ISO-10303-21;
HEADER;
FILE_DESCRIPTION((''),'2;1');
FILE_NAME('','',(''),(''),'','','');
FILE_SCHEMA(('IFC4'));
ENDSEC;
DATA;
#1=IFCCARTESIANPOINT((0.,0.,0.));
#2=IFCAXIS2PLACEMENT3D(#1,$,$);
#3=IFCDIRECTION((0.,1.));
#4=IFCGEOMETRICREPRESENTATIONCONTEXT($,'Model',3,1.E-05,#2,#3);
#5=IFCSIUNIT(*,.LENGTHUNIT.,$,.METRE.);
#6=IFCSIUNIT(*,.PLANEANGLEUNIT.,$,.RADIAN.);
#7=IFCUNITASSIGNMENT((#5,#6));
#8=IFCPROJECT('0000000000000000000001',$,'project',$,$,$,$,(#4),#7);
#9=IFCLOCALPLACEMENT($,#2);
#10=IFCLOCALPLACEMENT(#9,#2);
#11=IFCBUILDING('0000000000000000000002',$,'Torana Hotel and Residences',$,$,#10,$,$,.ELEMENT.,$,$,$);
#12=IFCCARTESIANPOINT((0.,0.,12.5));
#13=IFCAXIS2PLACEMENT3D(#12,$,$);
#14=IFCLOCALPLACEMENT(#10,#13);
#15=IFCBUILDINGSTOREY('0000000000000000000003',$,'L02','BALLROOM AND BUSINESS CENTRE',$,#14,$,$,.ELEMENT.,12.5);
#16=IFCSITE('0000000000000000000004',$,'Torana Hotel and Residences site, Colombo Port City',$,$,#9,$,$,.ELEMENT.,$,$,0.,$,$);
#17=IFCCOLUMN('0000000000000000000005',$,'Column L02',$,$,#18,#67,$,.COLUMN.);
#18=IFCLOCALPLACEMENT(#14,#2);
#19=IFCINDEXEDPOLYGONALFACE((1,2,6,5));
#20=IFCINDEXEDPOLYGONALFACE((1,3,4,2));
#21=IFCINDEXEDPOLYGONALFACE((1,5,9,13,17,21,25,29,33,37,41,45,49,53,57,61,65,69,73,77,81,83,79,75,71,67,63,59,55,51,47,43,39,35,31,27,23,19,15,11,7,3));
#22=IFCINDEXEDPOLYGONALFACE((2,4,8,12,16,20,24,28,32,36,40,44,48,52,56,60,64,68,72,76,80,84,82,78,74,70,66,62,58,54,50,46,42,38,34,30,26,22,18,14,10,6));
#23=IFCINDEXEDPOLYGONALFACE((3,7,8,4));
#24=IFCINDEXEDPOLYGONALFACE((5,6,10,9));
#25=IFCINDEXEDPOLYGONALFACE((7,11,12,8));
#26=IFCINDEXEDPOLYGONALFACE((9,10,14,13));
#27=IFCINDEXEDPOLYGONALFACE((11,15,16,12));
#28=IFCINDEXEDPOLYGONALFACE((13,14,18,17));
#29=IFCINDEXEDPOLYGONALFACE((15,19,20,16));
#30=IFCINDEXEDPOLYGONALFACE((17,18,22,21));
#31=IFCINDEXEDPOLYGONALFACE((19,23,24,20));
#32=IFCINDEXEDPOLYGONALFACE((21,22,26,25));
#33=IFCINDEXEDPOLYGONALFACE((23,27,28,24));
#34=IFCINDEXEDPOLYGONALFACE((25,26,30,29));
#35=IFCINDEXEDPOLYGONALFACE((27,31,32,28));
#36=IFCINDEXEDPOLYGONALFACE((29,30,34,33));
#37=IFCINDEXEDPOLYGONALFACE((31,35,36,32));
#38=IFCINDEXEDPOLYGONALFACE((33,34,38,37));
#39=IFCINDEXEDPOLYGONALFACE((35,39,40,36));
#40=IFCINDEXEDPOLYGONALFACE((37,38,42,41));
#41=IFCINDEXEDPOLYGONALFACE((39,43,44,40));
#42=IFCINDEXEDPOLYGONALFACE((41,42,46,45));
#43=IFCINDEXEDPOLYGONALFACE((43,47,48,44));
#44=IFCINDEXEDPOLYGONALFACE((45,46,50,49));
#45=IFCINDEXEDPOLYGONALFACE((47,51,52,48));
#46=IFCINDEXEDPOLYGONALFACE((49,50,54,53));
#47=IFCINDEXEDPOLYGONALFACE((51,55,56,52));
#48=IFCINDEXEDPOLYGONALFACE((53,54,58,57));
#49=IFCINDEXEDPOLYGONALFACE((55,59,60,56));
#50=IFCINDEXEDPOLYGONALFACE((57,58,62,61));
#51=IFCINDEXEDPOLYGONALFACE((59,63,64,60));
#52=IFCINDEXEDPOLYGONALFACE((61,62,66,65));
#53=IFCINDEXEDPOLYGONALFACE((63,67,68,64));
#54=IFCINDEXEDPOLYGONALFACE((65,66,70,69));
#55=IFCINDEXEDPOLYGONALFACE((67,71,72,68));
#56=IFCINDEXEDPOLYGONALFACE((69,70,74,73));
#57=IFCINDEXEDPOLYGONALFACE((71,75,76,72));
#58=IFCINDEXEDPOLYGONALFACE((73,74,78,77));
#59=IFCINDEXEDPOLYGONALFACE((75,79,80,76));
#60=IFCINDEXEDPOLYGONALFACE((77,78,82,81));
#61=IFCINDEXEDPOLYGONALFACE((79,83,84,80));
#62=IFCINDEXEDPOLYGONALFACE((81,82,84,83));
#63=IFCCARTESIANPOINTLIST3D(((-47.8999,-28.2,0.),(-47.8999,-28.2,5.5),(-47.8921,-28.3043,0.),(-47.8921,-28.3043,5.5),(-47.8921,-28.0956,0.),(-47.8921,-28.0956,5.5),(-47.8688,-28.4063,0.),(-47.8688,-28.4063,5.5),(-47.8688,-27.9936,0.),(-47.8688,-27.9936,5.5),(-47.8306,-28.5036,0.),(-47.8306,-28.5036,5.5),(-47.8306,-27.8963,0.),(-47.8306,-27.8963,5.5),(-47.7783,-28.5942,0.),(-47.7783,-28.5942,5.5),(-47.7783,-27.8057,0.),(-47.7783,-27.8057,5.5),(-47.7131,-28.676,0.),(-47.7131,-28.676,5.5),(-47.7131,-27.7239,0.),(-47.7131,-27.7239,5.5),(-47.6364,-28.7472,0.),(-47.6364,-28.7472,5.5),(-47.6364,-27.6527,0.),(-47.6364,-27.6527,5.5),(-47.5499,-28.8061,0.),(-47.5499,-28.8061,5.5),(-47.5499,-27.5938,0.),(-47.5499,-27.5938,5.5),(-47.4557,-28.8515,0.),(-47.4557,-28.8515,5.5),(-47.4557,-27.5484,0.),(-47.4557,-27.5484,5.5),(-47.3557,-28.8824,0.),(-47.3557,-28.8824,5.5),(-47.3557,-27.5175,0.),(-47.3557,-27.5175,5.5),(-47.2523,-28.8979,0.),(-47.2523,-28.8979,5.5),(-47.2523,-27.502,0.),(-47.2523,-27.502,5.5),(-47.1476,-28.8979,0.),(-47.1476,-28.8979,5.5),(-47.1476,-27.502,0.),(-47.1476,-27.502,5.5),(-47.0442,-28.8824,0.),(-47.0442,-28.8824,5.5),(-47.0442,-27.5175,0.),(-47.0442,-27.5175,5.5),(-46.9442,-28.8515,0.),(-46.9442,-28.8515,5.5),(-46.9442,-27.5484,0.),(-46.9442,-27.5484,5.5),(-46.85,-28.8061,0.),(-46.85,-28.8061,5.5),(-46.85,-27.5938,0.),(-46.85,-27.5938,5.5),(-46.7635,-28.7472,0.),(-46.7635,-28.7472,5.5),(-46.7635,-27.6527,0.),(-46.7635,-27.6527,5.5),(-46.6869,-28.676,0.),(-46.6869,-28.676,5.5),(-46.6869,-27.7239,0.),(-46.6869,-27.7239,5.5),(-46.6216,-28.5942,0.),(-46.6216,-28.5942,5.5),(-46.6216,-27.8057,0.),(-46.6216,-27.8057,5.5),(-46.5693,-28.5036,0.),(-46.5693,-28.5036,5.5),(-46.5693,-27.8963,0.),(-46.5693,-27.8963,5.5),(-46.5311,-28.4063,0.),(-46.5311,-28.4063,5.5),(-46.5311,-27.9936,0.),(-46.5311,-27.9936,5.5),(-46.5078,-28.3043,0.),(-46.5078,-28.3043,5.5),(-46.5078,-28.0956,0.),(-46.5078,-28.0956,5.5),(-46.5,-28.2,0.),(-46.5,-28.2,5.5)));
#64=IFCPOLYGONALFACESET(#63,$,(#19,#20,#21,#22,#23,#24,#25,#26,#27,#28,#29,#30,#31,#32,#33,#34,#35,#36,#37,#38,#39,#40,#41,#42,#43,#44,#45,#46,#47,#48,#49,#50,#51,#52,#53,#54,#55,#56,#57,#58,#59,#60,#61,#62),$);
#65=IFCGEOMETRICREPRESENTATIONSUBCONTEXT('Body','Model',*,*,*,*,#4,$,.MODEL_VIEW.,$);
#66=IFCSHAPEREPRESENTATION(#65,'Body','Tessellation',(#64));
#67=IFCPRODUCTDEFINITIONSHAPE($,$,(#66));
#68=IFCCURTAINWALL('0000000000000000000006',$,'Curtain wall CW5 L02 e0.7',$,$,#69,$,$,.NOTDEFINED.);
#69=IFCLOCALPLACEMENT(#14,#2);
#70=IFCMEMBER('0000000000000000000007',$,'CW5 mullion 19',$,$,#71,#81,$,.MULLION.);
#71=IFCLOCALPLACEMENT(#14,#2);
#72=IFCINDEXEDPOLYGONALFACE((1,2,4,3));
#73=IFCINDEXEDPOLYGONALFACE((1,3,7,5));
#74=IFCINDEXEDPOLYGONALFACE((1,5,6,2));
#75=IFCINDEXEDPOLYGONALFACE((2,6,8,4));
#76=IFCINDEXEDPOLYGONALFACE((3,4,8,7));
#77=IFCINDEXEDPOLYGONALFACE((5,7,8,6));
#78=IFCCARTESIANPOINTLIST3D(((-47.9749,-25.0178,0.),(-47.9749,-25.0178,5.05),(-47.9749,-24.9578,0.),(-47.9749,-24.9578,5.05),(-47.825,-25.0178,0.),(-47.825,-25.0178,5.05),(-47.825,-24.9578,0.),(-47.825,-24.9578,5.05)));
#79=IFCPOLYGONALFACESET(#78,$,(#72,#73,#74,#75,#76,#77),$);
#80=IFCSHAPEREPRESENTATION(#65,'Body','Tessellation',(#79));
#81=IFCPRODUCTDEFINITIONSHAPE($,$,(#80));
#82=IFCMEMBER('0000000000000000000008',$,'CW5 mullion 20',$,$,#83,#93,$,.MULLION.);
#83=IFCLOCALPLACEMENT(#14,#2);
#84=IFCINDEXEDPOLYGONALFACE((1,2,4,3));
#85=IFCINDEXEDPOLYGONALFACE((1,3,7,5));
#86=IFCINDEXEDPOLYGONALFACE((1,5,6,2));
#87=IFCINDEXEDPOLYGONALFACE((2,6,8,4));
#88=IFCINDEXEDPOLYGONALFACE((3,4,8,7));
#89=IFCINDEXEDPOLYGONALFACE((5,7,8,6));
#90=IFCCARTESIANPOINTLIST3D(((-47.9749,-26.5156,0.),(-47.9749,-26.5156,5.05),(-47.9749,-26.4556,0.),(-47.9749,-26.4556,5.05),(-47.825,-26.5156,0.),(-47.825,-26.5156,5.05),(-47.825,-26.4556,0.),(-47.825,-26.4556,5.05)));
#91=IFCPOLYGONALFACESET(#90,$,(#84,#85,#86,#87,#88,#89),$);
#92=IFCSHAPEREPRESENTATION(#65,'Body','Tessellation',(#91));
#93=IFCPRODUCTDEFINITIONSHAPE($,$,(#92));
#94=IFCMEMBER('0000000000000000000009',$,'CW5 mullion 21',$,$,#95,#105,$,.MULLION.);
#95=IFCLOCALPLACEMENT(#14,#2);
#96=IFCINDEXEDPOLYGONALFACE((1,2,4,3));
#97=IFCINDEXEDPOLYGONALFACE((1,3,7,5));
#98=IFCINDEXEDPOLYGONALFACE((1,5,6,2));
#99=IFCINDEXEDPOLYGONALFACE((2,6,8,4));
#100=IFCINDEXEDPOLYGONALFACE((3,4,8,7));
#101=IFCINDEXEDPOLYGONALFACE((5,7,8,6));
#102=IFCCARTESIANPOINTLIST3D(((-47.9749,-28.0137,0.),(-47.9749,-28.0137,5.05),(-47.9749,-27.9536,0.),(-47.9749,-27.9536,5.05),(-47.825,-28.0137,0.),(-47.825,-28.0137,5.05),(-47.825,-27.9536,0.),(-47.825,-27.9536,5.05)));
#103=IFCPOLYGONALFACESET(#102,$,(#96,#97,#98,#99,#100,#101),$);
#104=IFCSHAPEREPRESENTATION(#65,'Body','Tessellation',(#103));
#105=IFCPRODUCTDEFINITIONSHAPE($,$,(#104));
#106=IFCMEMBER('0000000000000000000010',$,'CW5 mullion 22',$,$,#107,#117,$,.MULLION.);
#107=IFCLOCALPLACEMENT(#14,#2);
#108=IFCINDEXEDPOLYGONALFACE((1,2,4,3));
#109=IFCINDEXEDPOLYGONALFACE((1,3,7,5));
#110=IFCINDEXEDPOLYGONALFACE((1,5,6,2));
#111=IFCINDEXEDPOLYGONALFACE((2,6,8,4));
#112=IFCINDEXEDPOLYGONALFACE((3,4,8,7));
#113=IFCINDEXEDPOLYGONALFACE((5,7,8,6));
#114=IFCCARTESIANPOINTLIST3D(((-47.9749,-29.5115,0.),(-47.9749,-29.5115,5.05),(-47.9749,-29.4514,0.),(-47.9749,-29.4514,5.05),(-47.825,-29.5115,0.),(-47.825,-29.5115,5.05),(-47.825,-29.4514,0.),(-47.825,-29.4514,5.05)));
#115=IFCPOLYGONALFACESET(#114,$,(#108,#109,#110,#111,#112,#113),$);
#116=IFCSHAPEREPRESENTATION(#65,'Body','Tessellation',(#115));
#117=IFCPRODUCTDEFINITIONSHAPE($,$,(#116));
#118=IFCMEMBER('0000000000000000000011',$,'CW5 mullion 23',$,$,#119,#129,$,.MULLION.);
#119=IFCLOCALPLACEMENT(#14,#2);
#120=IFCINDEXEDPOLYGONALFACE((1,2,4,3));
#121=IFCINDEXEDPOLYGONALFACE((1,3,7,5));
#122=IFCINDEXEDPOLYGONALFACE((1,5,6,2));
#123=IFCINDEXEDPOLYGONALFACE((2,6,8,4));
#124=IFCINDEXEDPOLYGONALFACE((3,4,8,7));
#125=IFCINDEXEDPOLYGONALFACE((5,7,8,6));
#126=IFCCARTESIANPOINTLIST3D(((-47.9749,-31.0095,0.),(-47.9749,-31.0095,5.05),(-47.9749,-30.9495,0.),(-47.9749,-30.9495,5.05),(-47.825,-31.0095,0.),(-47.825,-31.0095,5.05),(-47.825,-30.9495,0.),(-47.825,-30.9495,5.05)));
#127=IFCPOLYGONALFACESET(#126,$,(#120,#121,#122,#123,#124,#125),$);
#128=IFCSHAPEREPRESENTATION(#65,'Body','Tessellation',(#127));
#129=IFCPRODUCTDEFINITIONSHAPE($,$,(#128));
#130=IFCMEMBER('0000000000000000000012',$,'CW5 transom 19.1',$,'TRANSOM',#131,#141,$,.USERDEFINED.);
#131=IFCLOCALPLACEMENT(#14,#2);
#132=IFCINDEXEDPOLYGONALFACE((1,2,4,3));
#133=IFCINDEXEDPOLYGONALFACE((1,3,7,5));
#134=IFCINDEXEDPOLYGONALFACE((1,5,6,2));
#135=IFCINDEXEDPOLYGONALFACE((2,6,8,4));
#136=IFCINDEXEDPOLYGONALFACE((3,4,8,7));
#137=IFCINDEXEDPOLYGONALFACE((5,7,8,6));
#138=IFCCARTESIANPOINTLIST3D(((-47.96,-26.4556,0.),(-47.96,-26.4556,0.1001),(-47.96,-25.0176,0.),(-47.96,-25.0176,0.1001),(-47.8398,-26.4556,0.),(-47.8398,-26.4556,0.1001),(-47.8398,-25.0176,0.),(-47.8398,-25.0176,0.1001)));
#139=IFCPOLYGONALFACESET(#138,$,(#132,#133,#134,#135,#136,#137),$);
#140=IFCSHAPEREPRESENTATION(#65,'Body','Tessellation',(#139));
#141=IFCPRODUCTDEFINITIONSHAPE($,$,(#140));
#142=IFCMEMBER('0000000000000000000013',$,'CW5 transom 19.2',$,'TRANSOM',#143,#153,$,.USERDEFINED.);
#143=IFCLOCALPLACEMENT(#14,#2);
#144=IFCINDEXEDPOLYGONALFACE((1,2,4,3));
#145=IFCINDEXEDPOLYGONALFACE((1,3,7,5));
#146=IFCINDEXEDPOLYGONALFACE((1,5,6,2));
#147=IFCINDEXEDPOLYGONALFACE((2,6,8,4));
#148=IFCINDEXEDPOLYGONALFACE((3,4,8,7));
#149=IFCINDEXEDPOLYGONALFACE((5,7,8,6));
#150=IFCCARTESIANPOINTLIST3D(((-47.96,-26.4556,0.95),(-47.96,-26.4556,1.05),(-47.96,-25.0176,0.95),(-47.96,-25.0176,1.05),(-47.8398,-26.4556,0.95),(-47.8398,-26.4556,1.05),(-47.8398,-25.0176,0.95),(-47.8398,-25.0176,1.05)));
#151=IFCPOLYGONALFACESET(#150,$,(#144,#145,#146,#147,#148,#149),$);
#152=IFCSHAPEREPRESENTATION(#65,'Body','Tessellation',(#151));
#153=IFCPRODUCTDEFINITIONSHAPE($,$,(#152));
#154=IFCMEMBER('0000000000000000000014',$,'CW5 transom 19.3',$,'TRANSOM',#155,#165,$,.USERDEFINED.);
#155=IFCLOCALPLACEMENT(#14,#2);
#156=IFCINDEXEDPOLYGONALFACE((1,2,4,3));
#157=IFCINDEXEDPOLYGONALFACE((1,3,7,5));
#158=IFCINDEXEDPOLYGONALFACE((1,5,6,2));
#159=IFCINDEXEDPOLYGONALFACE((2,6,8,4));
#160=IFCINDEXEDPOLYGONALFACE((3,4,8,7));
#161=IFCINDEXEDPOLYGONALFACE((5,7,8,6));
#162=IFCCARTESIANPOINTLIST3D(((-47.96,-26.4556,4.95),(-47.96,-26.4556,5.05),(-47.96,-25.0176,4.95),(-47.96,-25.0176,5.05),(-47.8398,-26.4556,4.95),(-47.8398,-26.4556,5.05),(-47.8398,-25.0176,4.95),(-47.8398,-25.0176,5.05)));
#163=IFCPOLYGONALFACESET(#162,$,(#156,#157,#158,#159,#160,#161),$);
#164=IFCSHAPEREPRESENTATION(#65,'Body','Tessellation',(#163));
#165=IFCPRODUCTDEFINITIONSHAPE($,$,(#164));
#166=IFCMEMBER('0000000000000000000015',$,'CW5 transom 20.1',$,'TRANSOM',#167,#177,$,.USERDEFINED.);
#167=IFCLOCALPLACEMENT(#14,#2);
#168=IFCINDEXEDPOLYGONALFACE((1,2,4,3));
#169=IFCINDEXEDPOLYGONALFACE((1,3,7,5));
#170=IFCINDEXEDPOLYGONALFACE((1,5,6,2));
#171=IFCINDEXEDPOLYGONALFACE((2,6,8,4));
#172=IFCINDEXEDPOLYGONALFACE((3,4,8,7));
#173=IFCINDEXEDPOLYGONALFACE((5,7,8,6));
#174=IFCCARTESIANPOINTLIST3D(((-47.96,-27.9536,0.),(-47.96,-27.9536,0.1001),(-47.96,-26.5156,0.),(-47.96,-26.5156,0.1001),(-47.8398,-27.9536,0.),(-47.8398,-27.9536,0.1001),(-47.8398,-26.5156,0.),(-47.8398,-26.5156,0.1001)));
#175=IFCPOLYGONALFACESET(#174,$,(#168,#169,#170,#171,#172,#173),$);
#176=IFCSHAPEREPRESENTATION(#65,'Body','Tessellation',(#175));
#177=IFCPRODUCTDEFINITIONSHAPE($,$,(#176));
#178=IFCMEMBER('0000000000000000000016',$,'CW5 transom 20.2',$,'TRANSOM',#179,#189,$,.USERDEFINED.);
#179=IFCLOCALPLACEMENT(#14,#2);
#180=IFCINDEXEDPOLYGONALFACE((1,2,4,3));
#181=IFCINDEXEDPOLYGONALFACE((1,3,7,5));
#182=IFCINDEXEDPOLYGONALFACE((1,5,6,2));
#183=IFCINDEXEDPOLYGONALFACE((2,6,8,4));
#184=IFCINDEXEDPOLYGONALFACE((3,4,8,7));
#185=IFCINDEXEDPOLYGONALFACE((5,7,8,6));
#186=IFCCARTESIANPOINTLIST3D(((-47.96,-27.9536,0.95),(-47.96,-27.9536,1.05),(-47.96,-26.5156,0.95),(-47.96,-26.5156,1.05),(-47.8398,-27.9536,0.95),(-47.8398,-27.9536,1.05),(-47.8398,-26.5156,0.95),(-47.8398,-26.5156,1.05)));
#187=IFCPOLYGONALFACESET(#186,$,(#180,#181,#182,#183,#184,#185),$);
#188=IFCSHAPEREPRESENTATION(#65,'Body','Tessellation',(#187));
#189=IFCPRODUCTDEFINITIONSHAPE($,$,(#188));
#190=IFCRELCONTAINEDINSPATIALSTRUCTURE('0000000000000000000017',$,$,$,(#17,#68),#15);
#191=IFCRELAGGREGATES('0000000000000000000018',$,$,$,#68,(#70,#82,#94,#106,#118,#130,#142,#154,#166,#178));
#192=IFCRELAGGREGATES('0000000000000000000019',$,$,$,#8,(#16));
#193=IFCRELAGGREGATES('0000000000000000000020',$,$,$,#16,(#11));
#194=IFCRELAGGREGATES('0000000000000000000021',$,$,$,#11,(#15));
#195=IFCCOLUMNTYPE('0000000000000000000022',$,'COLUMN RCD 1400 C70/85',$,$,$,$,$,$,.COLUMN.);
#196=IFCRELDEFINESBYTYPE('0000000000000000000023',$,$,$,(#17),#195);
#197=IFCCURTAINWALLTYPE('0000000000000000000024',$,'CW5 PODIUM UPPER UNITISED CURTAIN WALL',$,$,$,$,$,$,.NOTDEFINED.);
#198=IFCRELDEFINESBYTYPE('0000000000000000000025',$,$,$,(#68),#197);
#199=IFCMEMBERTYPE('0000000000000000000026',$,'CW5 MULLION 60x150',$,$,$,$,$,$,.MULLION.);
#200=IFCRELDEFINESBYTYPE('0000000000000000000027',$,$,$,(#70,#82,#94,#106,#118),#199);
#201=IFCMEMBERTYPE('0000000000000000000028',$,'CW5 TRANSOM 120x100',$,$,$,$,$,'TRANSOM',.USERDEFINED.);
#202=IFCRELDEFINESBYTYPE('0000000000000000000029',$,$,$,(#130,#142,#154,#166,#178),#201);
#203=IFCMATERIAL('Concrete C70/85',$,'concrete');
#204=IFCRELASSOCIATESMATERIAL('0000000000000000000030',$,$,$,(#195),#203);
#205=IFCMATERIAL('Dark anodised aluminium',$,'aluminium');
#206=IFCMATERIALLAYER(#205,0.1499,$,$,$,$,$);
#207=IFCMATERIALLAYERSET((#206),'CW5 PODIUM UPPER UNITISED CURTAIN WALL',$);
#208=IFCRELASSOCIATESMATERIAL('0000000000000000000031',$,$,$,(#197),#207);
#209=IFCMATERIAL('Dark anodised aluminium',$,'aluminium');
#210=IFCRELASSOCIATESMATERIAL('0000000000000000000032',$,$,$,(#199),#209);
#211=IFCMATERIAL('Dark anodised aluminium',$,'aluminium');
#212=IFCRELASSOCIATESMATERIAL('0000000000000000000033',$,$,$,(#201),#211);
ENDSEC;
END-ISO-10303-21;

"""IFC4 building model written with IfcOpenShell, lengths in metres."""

from ifc_helpers import new_model, si_unit, direction, frame, origin, origin_2d, place, context, subcontext, project, spatial, rectangle, circle, extrude, material, layer, layer_set, material_profile, profile_set, type_object, element, aggregate, save


model = new_model("IFC4")

# Units and contexts
model_context = context("Model", 3, precision=1e-05, world=origin(), true_north=direction((0.0, 1.0)))
body_context = subcontext(model_context, "Body", "Model", "MODEL_VIEW")
ifc_project = project(units=[si_unit("LENGTHUNIT", "METRE"), si_unit("PLANEANGLEUNIT", "RADIAN")], contexts=[model_context])

# Site, building, storey
site_placement = place(None, origin())
site = spatial("IfcSite", under=ifc_project, at=site_placement, Name="Torana Hotel and Residences site, Colombo Port City", CompositionType="ELEMENT", RefElevation=0.0)
building_placement = place(site_placement, origin())
building = spatial("IfcBuilding", under=site, at=building_placement, Name="Torana Hotel and Residences", CompositionType="ELEMENT")
storey_placement = place(building_placement, frame((0.0, 0.0, 12.5)))
storey = spatial("IfcBuildingStorey", under=building, at=storey_placement, Name="L02", Description="BALLROOM AND BUSINESS CENTRE", CompositionType="ELEMENT", Elevation=12.5)

# Column
ifc_material_1 = material(Name="Concrete C70/85", Category="concrete")
ifc_material_profile_1 = material_profile(ifc_material_1, circle(Radius=0.7, at=origin_2d()), Name="RCD 1400")
ifc_profile_set_1 = profile_set([ifc_material_profile_1], Name="Concrete C70/85")
column_type = type_object("IfcColumnType", Name="COLUMN RCD 1400 C70/85", PredefinedType="COLUMN", material=ifc_profile_set_1)
column_placement = place(storey_placement, frame((-47.2, -28.2, 0.0), z_axis=(0.0, 0.0, 1.0), x_axis=(1.0, 0.0, 0.0)))
element("IfcColumn", 1, at=column_placement, inside=storey, type_object=column_type, Name="Column L02", PredefinedType="COLUMN", context=body_context, shape_type="SweptSolid", body=[
    extrude(circle(Radius=0.7, at=origin_2d()), origin(), (0.0, 0.0, 1.0), 5.5),
])

# Curtain wall, members
ifc_material_2 = material(Name="Dark anodised aluminium", Category="aluminium")
ifc_layer_1 = layer(ifc_material_2, 0.1499)
ifc_layer_set_1 = layer_set([ifc_layer_1], Name="CW5 PODIUM UPPER UNITISED CURTAIN WALL")
curtain_wall_type = type_object("IfcCurtainWallType", Name="CW5 PODIUM UPPER UNITISED CURTAIN WALL", PredefinedType="NOTDEFINED", material=ifc_layer_set_1)
curtain_wall_placement = place(storey_placement, origin())
curtain_wall = element("IfcCurtainWall", 2, at=curtain_wall_placement, inside=storey, type_object=curtain_wall_type, Name="Curtain wall CW5 L02 e0.7", PredefinedType="NOTDEFINED")
ifc_material_3 = material(Name="Dark anodised aluminium", Category="aluminium")
ifc_material_profile_2 = material_profile(ifc_material_3, rectangle(XDim=0.1499, YDim=0.0601, at=origin_2d()), Name="CW5 MULLION 60x150")
ifc_profile_set_2 = profile_set([ifc_material_profile_2], Name="Dark anodised aluminium")
member_type_1 = type_object("IfcMemberType", Name="CW5 MULLION 60x150", PredefinedType="MULLION", material=ifc_profile_set_2)
member_1_placement = place(storey_placement, frame((-47.8999, -24.9878, 0.0), z_axis=(0.0, 0.0, 1.0), x_axis=(1.0, 0.0, 0.0)))
member_1 = element("IfcMember", 3, at=member_1_placement, type_object=member_type_1, Name="CW5 mullion 19", PredefinedType="MULLION", context=body_context, shape_type="SweptSolid", body=[
    extrude(rectangle(XDim=0.1499, YDim=0.0601, at=origin_2d()), origin(), (0.0, 0.0, 1.0), 5.05),
])
member_2_placement = place(storey_placement, frame((-47.8999, -26.4856, 0.0), z_axis=(0.0, 0.0, 1.0), x_axis=(1.0, 0.0, 0.0)))
member_2 = element("IfcMember", 4, at=member_2_placement, type_object=member_type_1, Name="CW5 mullion 20", PredefinedType="MULLION", context=body_context, shape_type="SweptSolid", body=[
    extrude(rectangle(XDim=0.1499, YDim=0.0601, at=origin_2d()), origin(), (0.0, 0.0, 1.0), 5.05),
])
member_3_placement = place(storey_placement, frame((-47.8999, -27.9836, 0.0), z_axis=(0.0, 0.0, 1.0), x_axis=(1.0, 0.0, 0.0)))
member_3 = element("IfcMember", 5, at=member_3_placement, type_object=member_type_1, Name="CW5 mullion 21", PredefinedType="MULLION", context=body_context, shape_type="SweptSolid", body=[
    extrude(rectangle(XDim=0.1499, YDim=0.0601, at=origin_2d()), origin(), (0.0, 0.0, 1.0), 5.05),
])
member_4_placement = place(storey_placement, frame((-47.8999, -29.4814, 0.0), z_axis=(0.0, 0.0, 1.0), x_axis=(1.0, 0.0, 0.0)))
member_4 = element("IfcMember", 6, at=member_4_placement, type_object=member_type_1, Name="CW5 mullion 22", PredefinedType="MULLION", context=body_context, shape_type="SweptSolid", body=[
    extrude(rectangle(XDim=0.1499, YDim=0.0601, at=origin_2d()), origin(), (0.0, 0.0, 1.0), 5.05),
])
member_5_placement = place(storey_placement, frame((-47.8999, -30.9795, 0.0), z_axis=(0.0, 0.0, 1.0), x_axis=(1.0, 0.0, 0.0)))
member_5 = element("IfcMember", 7, at=member_5_placement, type_object=member_type_1, Name="CW5 mullion 23", PredefinedType="MULLION", context=body_context, shape_type="SweptSolid", body=[
    extrude(rectangle(XDim=0.1499, YDim=0.0601, at=origin_2d()), origin(), (0.0, 0.0, 1.0), 5.05),
])
ifc_material_4 = material(Name="Dark anodised aluminium", Category="aluminium")
ifc_material_profile_3 = material_profile(ifc_material_4, rectangle(XDim=0.1201, YDim=0.1001, at=origin_2d()), Name="CW5 TRANSOM 120x100")
ifc_profile_set_3 = profile_set([ifc_material_profile_3], Name="Dark anodised aluminium")
member_type_2 = type_object("IfcMemberType", Name="CW5 TRANSOM 120x100", ElementType="TRANSOM", PredefinedType="USERDEFINED", material=ifc_profile_set_3)
member_6_placement = place(storey_placement, frame((-47.8999, -25.0176, 0.05), z_axis=(0.0, -1.0, 0.0), x_axis=(1.0, 0.0, 0.0)))
member_6 = element("IfcMember", 8, at=member_6_placement, type_object=member_type_2, Name="CW5 transom 19.1", ObjectType="TRANSOM", PredefinedType="USERDEFINED", context=body_context, shape_type="SweptSolid", body=[
    extrude(rectangle(XDim=0.1201, YDim=0.1001, at=origin_2d()), origin(), (0.0, 0.0, 1.0), 1.438),
])
member_7_placement = place(storey_placement, frame((-47.8999, -25.0176, 1.0), z_axis=(0.0, -1.0, 0.0), x_axis=(1.0, 0.0, 0.0)))
member_7 = element("IfcMember", 9, at=member_7_placement, type_object=member_type_2, Name="CW5 transom 19.2", ObjectType="TRANSOM", PredefinedType="USERDEFINED", context=body_context, shape_type="SweptSolid", body=[
    extrude(rectangle(XDim=0.1201, YDim=0.1001, at=origin_2d()), origin(), (0.0, 0.0, 1.0), 1.438),
])
member_8_placement = place(storey_placement, frame((-47.8999, -25.0176, 5.0), z_axis=(0.0, -1.0, 0.0), x_axis=(1.0, 0.0, 0.0)))
member_8 = element("IfcMember", 10, at=member_8_placement, type_object=member_type_2, Name="CW5 transom 19.3", ObjectType="TRANSOM", PredefinedType="USERDEFINED", context=body_context, shape_type="SweptSolid", body=[
    extrude(rectangle(XDim=0.1201, YDim=0.1001, at=origin_2d()), origin(), (0.0, 0.0, 1.0), 1.438),
])
member_9_placement = place(storey_placement, frame((-47.8999, -26.5156, 0.05), z_axis=(0.0, -1.0, 0.0), x_axis=(1.0, 0.0, 0.0)))
member_9 = element("IfcMember", 11, at=member_9_placement, type_object=member_type_2, Name="CW5 transom 20.1", ObjectType="TRANSOM", PredefinedType="USERDEFINED", context=body_context, shape_type="SweptSolid", body=[
    extrude(rectangle(XDim=0.1201, YDim=0.1001, at=origin_2d()), origin(), (0.0, 0.0, 1.0), 1.438),
])
member_10_placement = place(storey_placement, frame((-47.8999, -26.5156, 1.0), z_axis=(0.0, -1.0, 0.0), x_axis=(1.0, 0.0, 0.0)))
member_10 = element("IfcMember", 12, at=member_10_placement, type_object=member_type_2, Name="CW5 transom 20.2", ObjectType="TRANSOM", PredefinedType="USERDEFINED", context=body_context, shape_type="SweptSolid", body=[
    extrude(rectangle(XDim=0.1201, YDim=0.1001, at=origin_2d()), origin(), (0.0, 0.0, 1.0), 1.438),
])
aggregate(curtain_wall, [member_1, member_2, member_3, member_4, member_5, member_6, member_7, member_8, member_9, member_10])

save(model, "model.ifc")
